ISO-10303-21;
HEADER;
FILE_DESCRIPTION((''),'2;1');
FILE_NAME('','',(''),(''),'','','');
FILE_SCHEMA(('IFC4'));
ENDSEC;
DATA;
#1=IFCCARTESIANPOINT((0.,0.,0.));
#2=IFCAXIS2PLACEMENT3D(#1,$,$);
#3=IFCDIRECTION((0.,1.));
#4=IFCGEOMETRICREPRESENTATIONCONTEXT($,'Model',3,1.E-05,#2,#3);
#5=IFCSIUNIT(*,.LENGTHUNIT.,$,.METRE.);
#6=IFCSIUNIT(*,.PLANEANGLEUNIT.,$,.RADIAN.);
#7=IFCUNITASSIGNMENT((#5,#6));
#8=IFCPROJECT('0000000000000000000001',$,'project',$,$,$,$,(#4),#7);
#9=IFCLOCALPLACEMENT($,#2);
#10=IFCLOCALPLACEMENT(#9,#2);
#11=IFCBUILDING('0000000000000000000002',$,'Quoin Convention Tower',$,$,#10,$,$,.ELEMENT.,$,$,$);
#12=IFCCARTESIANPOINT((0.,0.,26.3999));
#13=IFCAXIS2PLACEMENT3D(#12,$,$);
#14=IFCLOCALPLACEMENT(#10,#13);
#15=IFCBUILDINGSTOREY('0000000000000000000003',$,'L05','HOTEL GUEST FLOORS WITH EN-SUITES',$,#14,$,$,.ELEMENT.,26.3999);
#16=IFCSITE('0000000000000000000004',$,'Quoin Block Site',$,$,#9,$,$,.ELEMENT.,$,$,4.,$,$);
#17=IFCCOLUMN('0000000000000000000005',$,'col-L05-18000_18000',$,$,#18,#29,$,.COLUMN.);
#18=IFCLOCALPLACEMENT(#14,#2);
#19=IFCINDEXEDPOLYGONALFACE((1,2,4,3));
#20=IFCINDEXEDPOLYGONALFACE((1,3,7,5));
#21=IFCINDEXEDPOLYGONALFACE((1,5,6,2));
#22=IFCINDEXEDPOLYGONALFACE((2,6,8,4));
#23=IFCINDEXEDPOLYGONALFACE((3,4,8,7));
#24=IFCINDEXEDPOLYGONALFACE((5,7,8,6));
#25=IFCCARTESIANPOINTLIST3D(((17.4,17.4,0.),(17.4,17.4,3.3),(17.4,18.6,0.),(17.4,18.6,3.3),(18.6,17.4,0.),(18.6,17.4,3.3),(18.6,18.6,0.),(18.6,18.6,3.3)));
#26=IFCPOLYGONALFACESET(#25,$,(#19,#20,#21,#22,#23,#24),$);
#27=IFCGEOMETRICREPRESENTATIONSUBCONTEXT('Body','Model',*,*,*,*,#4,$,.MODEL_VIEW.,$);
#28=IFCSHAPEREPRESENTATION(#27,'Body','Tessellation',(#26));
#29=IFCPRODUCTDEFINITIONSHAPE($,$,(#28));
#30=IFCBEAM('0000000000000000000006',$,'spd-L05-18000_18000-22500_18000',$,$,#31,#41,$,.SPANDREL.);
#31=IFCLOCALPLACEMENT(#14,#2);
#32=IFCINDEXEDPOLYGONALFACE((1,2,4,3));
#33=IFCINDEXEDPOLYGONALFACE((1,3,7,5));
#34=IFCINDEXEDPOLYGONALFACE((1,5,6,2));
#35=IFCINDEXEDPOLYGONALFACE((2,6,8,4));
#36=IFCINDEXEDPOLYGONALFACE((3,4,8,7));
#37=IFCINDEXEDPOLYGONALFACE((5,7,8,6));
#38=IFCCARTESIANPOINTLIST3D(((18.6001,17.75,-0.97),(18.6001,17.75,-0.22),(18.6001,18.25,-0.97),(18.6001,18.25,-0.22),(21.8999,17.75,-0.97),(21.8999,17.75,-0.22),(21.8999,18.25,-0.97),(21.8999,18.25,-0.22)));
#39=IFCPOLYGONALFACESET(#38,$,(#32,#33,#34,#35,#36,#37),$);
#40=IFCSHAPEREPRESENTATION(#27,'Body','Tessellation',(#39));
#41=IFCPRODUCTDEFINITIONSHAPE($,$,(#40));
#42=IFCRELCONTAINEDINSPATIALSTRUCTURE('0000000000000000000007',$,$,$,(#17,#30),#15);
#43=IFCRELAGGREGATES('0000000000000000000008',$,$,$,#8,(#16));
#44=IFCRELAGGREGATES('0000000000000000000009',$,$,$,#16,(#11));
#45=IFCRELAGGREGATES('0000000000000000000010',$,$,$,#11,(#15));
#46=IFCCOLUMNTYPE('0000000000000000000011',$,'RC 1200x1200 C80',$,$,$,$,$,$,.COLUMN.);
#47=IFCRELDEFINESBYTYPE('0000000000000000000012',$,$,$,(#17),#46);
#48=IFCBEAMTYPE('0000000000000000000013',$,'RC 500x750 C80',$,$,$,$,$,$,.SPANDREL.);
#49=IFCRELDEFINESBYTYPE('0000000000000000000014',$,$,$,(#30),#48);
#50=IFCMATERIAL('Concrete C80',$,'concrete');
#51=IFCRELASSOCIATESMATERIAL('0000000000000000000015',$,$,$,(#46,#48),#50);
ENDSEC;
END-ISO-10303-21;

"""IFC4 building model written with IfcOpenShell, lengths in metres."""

from ifc_helpers import new_model, si_unit, direction, frame, origin, origin_2d, place, context, subcontext, project, spatial, rectangle, extrude, material, material_profile, profile_set, type_object, element, save


model = new_model("IFC4")

# Units and contexts
model_context = context("Model", 3, precision=1e-05, world=origin(), true_north=direction((0.0, 1.0)))
body_context = subcontext(model_context, "Body", "Model", "MODEL_VIEW")
ifc_project = project(units=[si_unit("LENGTHUNIT", "METRE"), si_unit("PLANEANGLEUNIT", "RADIAN")], contexts=[model_context])

# Site, building, storey
site_placement = place(None, origin())
site = spatial("IfcSite", under=ifc_project, at=site_placement, Name="Quoin Block Site", CompositionType="ELEMENT", RefElevation=4.0)
building_placement = place(site_placement, origin())
building = spatial("IfcBuilding", under=site, at=building_placement, Name="Quoin Convention Tower", CompositionType="ELEMENT")
storey_placement = place(building_placement, frame((0.0, 0.0, 26.3999)))
storey = spatial("IfcBuildingStorey", under=building, at=storey_placement, Name="L05", Description="HOTEL GUEST FLOORS WITH EN-SUITES", CompositionType="ELEMENT", Elevation=26.3999)

# Column
ifc_material_1 = material(Name="Concrete C80", Category="concrete")
ifc_material_profile_1 = material_profile(ifc_material_1, rectangle(XDim=1.2, YDim=1.2, at=origin_2d()), Name="RC 1200x1200")
ifc_profile_set_1 = profile_set([ifc_material_profile_1], Name="Concrete C80")
column_type = type_object("IfcColumnType", Name="RC 1200x1200 C80", PredefinedType="COLUMN", material=ifc_profile_set_1)
column_placement = place(storey_placement, frame((18.0, 18.0, 0.0), z_axis=(0.0, 0.0, 1.0), x_axis=(1.0, 0.0, 0.0)))
element("IfcColumn", 1, at=column_placement, inside=storey, type_object=column_type, Name="col-L05-18000_18000", PredefinedType="COLUMN", context=body_context, shape_type="SweptSolid", body=[
    extrude(rectangle(XDim=1.2, YDim=1.2, at=origin_2d()), origin(), (0.0, 0.0, 1.0), 3.3),
])

# Beam
ifc_material_profile_2 = material_profile(ifc_material_1, rectangle(XDim=0.5, YDim=0.75, at=origin_2d()), Name="RC 500x750")
ifc_profile_set_2 = profile_set([ifc_material_profile_2], Name="Concrete C80")
beam_type = type_object("IfcBeamType", Name="RC 500x750 C80", PredefinedType="SPANDREL", material=ifc_profile_set_2)
beam_placement = place(storey_placement, frame((18.6001, 18.0, -0.595), z_axis=(1.0, 0.0, 0.0), x_axis=(0.0, 1.0, 0.0)))
element("IfcBeam", 2, at=beam_placement, inside=storey, type_object=beam_type, Name="spd-L05-18000_18000-22500_18000", PredefinedType="SPANDREL", context=body_context, shape_type="SweptSolid", body=[
    extrude(rectangle(XDim=0.5, YDim=0.75, at=origin_2d()), origin(), (0.0, 0.0, 1.0), 3.2998),
])

save(model, "model.ifc")
